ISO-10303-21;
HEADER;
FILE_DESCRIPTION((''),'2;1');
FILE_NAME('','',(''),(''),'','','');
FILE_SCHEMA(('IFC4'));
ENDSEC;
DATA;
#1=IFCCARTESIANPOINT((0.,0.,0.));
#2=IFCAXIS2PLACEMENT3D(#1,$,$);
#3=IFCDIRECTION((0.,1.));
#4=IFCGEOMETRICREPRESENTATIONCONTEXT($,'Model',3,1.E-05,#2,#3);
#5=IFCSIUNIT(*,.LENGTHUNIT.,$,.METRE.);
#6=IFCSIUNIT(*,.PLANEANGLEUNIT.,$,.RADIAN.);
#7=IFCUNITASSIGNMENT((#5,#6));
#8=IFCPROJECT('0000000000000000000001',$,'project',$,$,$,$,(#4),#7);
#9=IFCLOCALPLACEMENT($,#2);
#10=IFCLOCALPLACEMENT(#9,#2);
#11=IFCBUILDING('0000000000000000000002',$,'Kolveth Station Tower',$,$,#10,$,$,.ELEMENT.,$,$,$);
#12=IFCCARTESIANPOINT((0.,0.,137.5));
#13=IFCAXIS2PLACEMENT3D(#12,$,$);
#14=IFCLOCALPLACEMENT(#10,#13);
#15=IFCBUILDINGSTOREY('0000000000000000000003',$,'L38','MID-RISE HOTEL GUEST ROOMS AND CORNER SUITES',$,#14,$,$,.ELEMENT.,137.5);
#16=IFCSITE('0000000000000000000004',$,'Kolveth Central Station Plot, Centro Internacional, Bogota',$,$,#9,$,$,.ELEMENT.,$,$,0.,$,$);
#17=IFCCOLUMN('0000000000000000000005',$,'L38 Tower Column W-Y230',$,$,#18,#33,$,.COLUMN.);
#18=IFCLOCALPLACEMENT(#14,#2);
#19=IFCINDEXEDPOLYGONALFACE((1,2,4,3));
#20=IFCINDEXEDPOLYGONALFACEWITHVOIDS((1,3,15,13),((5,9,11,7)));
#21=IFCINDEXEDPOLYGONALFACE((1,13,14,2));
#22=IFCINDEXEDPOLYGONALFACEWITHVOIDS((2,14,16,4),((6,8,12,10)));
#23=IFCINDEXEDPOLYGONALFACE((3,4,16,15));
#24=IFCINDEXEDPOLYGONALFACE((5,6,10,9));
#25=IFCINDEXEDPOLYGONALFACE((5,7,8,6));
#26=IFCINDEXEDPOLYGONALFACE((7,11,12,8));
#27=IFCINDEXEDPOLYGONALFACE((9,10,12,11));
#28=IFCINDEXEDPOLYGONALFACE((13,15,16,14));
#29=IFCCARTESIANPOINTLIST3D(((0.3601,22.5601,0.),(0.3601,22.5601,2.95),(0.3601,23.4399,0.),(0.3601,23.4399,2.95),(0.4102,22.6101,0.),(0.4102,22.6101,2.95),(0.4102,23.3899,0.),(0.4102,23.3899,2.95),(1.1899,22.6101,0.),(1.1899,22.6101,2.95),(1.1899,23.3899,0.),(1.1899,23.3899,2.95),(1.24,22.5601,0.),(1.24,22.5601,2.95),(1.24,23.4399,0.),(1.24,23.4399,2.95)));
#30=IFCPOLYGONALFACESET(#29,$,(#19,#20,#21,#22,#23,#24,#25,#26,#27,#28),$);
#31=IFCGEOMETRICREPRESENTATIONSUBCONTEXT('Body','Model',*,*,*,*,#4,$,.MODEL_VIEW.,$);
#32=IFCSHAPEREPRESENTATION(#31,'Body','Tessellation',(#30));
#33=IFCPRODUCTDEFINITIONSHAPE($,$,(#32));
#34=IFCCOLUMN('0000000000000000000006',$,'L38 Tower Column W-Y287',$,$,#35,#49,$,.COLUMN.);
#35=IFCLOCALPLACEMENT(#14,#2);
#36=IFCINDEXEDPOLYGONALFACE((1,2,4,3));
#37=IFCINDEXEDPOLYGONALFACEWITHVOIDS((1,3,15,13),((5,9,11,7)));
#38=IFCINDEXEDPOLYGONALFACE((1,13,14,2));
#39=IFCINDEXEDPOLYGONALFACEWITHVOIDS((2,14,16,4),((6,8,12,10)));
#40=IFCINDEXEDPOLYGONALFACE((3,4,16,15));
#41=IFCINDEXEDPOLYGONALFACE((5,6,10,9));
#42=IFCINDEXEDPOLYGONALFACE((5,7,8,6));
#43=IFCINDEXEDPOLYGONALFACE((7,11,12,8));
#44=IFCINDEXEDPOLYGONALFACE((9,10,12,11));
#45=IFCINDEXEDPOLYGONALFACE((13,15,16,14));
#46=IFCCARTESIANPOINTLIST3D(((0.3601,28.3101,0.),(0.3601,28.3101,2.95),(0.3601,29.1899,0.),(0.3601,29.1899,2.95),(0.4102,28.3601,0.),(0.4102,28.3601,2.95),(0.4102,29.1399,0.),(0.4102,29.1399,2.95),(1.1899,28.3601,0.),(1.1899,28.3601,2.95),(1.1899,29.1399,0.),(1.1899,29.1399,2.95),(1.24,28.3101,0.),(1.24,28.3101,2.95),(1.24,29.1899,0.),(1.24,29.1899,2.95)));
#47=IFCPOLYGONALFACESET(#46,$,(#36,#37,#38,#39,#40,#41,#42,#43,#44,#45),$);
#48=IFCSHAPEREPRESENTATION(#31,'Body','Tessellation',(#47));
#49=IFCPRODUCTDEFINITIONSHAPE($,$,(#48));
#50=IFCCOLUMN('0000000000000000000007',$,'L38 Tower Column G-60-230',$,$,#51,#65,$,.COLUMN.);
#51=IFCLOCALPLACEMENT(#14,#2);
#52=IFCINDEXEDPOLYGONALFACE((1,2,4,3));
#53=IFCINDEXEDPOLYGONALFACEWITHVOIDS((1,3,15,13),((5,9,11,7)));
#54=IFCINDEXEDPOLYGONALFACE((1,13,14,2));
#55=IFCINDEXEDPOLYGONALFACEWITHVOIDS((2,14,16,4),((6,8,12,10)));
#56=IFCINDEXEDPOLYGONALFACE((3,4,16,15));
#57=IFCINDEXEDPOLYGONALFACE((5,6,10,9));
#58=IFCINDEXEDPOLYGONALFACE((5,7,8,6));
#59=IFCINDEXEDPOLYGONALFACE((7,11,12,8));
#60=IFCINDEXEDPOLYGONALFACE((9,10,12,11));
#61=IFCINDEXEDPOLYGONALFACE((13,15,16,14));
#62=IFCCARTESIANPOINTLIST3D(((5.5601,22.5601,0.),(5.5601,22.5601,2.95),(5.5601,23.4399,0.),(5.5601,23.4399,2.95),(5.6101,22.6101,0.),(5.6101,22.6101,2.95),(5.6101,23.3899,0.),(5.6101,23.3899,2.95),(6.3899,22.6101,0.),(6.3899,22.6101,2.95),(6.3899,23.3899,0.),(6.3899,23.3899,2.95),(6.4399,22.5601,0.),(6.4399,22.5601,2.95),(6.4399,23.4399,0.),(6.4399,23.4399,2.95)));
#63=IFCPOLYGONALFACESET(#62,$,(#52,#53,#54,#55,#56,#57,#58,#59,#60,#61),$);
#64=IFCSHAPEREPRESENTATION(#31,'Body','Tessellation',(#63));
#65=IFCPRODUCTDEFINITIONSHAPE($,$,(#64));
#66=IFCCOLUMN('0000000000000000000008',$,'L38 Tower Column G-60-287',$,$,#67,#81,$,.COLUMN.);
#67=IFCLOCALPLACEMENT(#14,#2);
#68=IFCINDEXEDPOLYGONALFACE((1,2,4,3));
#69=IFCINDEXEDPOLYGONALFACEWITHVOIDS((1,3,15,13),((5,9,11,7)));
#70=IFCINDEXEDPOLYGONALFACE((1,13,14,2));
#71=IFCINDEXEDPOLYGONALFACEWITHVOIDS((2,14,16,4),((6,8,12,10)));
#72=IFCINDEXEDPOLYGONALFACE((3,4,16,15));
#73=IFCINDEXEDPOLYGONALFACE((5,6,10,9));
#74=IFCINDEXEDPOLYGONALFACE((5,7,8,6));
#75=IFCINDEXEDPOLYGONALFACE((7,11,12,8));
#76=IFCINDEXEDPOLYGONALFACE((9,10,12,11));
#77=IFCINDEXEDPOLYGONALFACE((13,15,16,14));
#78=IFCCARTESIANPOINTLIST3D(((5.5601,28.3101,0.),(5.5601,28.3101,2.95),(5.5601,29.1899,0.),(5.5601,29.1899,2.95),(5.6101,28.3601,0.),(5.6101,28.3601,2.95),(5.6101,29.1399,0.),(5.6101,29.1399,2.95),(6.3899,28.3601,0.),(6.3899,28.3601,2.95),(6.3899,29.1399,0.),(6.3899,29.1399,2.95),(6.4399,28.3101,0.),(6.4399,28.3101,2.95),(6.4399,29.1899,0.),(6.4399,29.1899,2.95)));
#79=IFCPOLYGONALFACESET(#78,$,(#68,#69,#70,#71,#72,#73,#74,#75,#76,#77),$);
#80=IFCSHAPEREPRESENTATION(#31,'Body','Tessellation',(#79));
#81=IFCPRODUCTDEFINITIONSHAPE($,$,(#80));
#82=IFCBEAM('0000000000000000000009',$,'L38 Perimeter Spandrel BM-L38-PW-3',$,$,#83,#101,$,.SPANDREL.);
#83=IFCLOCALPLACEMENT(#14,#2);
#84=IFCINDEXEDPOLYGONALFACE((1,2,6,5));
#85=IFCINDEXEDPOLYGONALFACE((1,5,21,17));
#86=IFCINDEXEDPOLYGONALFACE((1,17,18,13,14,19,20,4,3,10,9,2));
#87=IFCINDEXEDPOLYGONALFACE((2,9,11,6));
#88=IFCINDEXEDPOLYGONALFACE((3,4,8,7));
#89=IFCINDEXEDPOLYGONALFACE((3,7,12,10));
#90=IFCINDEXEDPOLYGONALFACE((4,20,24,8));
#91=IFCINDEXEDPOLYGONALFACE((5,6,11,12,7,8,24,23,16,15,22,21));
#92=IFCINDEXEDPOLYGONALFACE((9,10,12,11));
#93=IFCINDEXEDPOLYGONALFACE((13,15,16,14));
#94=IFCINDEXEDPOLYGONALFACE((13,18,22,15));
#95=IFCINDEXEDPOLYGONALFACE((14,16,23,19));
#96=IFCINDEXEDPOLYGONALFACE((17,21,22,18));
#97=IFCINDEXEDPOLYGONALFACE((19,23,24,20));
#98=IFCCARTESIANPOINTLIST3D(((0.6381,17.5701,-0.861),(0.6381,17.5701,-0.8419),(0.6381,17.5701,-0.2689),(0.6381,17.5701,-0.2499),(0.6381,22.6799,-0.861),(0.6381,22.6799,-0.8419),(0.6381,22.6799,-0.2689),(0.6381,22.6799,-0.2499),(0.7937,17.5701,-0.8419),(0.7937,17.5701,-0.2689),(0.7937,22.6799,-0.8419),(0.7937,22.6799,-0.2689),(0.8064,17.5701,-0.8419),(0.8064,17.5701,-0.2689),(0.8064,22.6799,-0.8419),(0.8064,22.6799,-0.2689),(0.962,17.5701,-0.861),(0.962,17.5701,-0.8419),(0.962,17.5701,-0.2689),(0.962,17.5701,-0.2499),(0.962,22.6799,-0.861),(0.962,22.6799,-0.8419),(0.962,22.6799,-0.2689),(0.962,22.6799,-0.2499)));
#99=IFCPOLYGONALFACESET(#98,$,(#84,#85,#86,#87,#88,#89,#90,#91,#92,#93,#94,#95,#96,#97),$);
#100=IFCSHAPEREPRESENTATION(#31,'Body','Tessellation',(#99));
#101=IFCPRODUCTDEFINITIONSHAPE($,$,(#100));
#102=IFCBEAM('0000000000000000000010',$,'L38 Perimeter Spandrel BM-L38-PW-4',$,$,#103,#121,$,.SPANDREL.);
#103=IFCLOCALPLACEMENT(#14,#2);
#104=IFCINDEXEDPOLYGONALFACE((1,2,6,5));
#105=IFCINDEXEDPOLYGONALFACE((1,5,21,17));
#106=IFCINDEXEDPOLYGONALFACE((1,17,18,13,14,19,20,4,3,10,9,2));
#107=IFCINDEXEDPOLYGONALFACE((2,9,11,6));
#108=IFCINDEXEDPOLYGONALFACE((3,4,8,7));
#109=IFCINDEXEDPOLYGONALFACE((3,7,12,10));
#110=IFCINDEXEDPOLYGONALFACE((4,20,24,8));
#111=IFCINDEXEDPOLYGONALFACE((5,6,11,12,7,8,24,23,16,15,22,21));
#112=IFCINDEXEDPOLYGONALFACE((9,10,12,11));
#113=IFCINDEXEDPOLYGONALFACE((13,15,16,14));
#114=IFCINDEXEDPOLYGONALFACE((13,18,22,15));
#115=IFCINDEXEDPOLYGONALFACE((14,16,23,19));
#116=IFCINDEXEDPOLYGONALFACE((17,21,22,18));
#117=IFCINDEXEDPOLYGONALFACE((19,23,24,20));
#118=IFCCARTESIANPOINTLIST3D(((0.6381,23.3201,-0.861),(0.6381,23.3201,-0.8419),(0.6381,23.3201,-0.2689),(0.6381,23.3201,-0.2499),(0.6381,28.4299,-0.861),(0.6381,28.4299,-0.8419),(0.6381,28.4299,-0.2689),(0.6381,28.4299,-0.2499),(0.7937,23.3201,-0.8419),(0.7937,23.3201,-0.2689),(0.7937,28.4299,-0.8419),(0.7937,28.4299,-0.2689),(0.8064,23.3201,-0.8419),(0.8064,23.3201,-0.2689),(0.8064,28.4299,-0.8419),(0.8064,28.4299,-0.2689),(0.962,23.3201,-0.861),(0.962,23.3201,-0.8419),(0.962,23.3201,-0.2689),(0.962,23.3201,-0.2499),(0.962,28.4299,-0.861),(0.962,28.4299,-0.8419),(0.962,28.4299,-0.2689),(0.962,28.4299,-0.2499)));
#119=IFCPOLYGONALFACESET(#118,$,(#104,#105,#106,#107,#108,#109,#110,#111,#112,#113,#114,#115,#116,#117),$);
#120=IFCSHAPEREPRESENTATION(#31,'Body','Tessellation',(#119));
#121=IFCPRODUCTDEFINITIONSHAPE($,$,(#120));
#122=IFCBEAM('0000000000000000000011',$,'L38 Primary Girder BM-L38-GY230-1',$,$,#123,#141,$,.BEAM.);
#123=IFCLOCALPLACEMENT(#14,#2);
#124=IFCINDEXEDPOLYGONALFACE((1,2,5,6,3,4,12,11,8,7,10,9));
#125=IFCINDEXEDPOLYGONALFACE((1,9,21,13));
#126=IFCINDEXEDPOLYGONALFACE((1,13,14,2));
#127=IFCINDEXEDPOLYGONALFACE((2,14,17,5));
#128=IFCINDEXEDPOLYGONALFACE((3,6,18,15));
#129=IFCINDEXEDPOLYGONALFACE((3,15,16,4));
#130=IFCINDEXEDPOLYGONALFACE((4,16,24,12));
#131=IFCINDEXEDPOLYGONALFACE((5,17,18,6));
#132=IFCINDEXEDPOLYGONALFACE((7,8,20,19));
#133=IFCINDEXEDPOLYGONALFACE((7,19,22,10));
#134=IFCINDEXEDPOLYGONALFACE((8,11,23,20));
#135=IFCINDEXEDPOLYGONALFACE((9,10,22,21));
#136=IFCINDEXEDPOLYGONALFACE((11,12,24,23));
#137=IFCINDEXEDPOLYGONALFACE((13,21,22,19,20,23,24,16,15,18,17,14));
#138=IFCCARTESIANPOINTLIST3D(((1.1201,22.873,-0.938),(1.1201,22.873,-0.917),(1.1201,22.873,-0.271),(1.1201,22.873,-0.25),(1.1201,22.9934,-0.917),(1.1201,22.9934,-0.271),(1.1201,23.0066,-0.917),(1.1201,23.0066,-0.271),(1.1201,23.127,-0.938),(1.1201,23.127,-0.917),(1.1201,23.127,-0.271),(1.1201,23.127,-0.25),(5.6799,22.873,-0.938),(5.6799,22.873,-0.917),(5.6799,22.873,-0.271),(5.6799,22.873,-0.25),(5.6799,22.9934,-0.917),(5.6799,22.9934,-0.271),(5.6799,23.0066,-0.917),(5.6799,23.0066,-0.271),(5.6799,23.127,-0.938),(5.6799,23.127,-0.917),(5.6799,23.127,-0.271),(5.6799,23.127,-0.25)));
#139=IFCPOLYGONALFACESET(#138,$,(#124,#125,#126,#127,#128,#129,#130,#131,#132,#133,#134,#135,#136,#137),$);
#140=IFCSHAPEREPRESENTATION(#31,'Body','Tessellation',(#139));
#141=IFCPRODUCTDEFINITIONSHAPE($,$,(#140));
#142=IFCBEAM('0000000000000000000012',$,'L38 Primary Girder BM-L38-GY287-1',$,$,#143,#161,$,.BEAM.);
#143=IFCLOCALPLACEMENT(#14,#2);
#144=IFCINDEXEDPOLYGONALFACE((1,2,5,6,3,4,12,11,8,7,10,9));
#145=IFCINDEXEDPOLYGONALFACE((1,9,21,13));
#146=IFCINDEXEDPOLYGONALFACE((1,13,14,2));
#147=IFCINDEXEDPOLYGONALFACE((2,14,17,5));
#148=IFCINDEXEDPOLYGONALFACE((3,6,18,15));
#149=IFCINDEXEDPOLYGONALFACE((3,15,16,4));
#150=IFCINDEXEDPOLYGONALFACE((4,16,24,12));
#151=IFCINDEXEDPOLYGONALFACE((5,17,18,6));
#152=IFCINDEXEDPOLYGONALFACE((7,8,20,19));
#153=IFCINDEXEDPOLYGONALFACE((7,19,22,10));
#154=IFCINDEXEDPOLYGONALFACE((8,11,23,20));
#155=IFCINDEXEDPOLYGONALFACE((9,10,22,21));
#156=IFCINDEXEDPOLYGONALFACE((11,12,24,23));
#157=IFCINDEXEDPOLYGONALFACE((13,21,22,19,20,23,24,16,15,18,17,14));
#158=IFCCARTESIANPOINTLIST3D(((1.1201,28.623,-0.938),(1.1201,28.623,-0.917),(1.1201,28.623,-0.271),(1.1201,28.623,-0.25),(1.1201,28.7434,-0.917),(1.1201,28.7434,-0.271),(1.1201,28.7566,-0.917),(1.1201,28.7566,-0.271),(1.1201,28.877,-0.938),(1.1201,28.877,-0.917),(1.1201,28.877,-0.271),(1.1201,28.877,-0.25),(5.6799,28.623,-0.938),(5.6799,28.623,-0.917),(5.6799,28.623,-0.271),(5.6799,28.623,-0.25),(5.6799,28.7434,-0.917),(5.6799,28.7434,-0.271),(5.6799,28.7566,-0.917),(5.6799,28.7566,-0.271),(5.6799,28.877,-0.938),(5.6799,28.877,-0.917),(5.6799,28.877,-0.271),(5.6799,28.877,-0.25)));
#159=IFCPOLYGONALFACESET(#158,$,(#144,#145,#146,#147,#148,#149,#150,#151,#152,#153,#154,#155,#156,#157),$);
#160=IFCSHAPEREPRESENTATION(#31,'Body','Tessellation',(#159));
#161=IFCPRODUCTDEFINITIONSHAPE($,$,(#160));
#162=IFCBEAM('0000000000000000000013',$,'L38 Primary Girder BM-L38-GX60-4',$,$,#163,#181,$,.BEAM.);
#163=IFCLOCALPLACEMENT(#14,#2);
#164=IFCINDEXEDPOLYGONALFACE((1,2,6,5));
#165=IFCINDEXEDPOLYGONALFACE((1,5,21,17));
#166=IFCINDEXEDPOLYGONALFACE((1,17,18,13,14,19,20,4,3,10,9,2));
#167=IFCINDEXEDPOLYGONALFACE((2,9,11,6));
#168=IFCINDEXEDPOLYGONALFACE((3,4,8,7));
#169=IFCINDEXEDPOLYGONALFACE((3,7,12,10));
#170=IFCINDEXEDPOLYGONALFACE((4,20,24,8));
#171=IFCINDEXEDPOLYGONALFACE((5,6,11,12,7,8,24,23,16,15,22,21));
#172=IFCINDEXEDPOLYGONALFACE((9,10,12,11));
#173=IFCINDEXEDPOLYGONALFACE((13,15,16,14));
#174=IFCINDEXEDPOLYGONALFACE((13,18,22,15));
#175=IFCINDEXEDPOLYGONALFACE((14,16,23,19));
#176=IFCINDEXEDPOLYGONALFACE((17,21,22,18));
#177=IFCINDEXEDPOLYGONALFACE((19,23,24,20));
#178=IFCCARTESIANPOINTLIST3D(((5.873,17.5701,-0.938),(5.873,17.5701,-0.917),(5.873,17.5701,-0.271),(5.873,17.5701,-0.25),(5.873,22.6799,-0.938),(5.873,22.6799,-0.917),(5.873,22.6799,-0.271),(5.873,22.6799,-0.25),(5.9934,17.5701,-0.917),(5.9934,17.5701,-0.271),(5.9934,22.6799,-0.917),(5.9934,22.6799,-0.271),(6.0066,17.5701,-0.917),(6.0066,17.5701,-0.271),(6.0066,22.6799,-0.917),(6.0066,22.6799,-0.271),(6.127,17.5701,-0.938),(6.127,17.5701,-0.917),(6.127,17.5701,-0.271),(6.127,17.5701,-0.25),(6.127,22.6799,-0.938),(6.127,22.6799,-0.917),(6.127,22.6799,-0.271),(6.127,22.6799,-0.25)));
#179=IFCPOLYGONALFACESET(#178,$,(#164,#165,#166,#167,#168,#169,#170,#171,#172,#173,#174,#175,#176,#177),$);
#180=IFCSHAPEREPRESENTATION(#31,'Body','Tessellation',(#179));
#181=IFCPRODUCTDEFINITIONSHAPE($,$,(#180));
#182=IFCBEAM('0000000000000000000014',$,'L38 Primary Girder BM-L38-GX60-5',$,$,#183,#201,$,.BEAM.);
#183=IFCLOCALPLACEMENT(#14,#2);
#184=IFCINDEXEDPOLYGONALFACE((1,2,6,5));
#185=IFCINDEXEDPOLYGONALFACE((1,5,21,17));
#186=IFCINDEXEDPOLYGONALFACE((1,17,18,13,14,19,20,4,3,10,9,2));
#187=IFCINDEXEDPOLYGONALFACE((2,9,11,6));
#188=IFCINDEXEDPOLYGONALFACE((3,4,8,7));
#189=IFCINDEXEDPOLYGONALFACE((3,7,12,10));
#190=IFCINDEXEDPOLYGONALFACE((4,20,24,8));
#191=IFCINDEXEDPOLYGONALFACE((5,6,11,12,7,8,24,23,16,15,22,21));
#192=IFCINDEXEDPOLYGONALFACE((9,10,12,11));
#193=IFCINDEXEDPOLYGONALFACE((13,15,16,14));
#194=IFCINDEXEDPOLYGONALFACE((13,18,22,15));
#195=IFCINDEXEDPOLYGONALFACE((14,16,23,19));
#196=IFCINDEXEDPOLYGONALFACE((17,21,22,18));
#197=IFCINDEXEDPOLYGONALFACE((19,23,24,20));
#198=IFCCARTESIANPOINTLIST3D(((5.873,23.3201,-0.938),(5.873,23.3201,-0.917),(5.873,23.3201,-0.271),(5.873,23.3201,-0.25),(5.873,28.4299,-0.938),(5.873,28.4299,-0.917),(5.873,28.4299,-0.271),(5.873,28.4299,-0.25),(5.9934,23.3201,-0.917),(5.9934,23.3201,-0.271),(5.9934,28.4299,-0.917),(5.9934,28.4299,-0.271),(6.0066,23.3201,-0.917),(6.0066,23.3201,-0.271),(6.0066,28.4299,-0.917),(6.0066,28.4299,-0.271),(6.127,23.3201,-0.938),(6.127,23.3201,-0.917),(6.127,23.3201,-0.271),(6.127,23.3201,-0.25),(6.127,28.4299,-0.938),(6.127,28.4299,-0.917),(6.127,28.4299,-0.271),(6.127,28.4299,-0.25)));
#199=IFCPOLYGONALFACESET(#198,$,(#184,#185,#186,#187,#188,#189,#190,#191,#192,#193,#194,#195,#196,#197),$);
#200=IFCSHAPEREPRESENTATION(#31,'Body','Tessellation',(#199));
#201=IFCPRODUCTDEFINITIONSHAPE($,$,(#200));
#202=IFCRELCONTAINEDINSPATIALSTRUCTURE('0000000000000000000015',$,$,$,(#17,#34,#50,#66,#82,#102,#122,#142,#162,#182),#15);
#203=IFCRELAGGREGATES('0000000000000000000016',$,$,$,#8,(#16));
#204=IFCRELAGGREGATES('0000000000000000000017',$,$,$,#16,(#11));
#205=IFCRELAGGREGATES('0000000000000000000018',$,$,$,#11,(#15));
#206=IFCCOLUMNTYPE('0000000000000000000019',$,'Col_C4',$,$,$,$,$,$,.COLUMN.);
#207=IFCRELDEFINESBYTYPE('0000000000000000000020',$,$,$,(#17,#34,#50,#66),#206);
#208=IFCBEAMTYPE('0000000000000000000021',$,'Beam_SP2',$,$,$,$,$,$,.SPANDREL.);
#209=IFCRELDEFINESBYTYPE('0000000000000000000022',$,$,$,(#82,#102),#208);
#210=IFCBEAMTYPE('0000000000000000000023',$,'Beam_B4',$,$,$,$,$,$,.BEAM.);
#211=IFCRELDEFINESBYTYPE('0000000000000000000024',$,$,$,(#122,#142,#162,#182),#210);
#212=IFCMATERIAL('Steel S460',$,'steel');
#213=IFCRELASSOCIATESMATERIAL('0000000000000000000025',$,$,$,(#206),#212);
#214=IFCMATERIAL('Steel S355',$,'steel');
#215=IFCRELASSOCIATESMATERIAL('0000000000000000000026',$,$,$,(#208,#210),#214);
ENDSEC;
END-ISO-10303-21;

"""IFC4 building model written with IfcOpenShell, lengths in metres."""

from ifc_helpers import new_model, si_unit, direction, frame, origin, origin_2d, place, context, subcontext, project, spatial, hollow_rectangle, i_section, extrude, source, transform, mapped, material, material_profile, profile_set, type_object, element, save


model = new_model("IFC4")

# Units and contexts
model_context = context("Model", 3, precision=1e-05, world=origin(), true_north=direction((0.0, 1.0)))
body_context = subcontext(model_context, "Body", "Model", "MODEL_VIEW")
ifc_project = project(units=[si_unit("LENGTHUNIT", "METRE"), si_unit("PLANEANGLEUNIT", "RADIAN")], contexts=[model_context])

# Site, building, storey
site_placement = place(None, origin())
site = spatial("IfcSite", under=ifc_project, at=site_placement, Name="Kolveth Central Station Plot, Centro Internacional, Bogota", CompositionType="ELEMENT", RefElevation=0.0)
building_placement = place(site_placement, origin())
building = spatial("IfcBuilding", under=site, at=building_placement, Name="Kolveth Station Tower", CompositionType="ELEMENT")
storey_placement = place(building_placement, frame((0.0, 0.0, 137.5)))
storey = spatial("IfcBuildingStorey", under=building, at=storey_placement, Name="L38", Description="MID-RISE HOTEL GUEST ROOMS AND CORNER SUITES", CompositionType="ELEMENT", Elevation=137.5)

# Columns
ifc_material_1 = material(Name="Steel S460", Category="steel")
ifc_material_profile_1 = material_profile(ifc_material_1, hollow_rectangle(XDim=0.8799, YDim=0.8799, WallThickness=0.05, at=origin_2d()), Name="BOX880x880x50")
ifc_profile_set_1 = profile_set([ifc_material_profile_1], Name="Steel S460")
column_type = type_object("IfcColumnType", Name="Col_C4", PredefinedType="COLUMN", material=ifc_profile_set_1)
shared_shape_1 = source(origin(), body_context, "Body", "SweptSolid", [
    extrude(hollow_rectangle(XDim=0.8799, YDim=0.8799, WallThickness=0.05, at=origin_2d()), origin(), (0.0, 0.0, 1.0), 2.95),
])
for number, where, z_axis, x_axis, name in (
    (1, (0.8, 23.0, 0.0), (0.0, 0.0, 1.0), (1.0, 0.0, 0.0), "L38 Tower Column W-Y230"),
    (2, (0.8, 28.75, 0.0), (0.0, 0.0, 1.0), (1.0, 0.0, 0.0), "L38 Tower Column W-Y287"),
    (3, (6.0, 23.0, 0.0), (0.0, 0.0, 1.0), (1.0, 0.0, 0.0), "L38 Tower Column G-60-230"),
    (4, (6.0, 28.75, 0.0), (0.0, 0.0, 1.0), (1.0, 0.0, 0.0), "L38 Tower Column G-60-287"),
):
    element("IfcColumn", number, at=place(storey_placement, frame(where, z_axis=z_axis, x_axis=x_axis)), inside=storey, type_object=column_type, Name=name, PredefinedType="COLUMN", context=body_context, shape_type="MappedRepresentation", body=[
        mapped(shared_shape_1, transform((0.0, 0.0, 0.0), x_axis=(1.0, 0.0, 0.0), y_axis=(0.0, 1.0, 0.0), z_axis=(0.0, 0.0, 1.0), scale=1.0)),
    ])

# Beams
ifc_material_2 = material(Name="Steel S355", Category="steel")
ifc_material_profile_2 = material_profile(ifc_material_2, i_section(OverallWidth=0.324, OverallDepth=0.6111, WebThickness=0.0127, FlangeThickness=0.019, at=origin_2d()), Name="W610x155")
ifc_profile_set_2 = profile_set([ifc_material_profile_2], Name="Steel S355")
beam_type_1 = type_object("IfcBeamType", Name="Beam_SP2", PredefinedType="SPANDREL", material=ifc_profile_set_2)
shared_shape_2 = source(origin(), body_context, "Body", "SweptSolid", [
    extrude(i_section(OverallWidth=0.324, OverallDepth=0.6111, WebThickness=0.0127, FlangeThickness=0.019, at=origin_2d()), origin(), (0.0, 0.0, 1.0), 5.1099),
])
for number, where, z_axis, x_axis, name in (
    (5, (0.8, 17.5701, -0.5554), (0.0, 1.0, 0.0), (-1.0, 0.0, 0.0), "L38 Perimeter Spandrel BM-L38-PW-3"),
    (6, (0.8, 23.3201, -0.5554), (0.0, 1.0, 0.0), (-1.0, 0.0, 0.0), "L38 Perimeter Spandrel BM-L38-PW-4"),
):
    element("IfcBeam", number, at=place(storey_placement, frame(where, z_axis=z_axis, x_axis=x_axis)), inside=storey, type_object=beam_type_1, Name=name, PredefinedType="SPANDREL", context=body_context, shape_type="MappedRepresentation", body=[
        mapped(shared_shape_2, transform((0.0, 0.0, 0.0), x_axis=(1.0, 0.0, 0.0), y_axis=(0.0, 1.0, 0.0), z_axis=(0.0, 0.0, 1.0), scale=1.0)),
    ])
ifc_material_profile_3 = material_profile(ifc_material_2, i_section(OverallWidth=0.2539, OverallDepth=0.688, WebThickness=0.0132, FlangeThickness=0.021, at=origin_2d()), Name="W690x152")
ifc_profile_set_3 = profile_set([ifc_material_profile_3], Name="Steel S355")
beam_type_2 = type_object("IfcBeamType", Name="Beam_B4", PredefinedType="BEAM", material=ifc_profile_set_3)
shared_shape_3 = source(origin(), body_context, "Body", "SweptSolid", [
    extrude(i_section(OverallWidth=0.2539, OverallDepth=0.688, WebThickness=0.0132, FlangeThickness=0.021, at=origin_2d()), origin(), (0.0, 0.0, 1.0), 4.5598),
])
for number, where, z_axis, x_axis, name in (
    (7, (1.1201, 23.0, -0.594), (1.0, 0.0, 0.0), (0.0, 1.0, 0.0), "L38 Primary Girder BM-L38-GY230-1"),
    (8, (1.1201, 28.75, -0.594), (1.0, 0.0, 0.0), (0.0, 1.0, 0.0), "L38 Primary Girder BM-L38-GY287-1"),
):
    element("IfcBeam", number, at=place(storey_placement, frame(where, z_axis=z_axis, x_axis=x_axis)), inside=storey, type_object=beam_type_2, Name=name, PredefinedType="BEAM", context=body_context, shape_type="MappedRepresentation", body=[
        mapped(shared_shape_3, transform((0.0, 0.0, 0.0), x_axis=(1.0, 0.0, 0.0), y_axis=(0.0, 1.0, 0.0), z_axis=(0.0, 0.0, 1.0), scale=1.0)),
    ])
shared_shape_4 = source(origin(), body_context, "Body", "SweptSolid", [
    extrude(i_section(OverallWidth=0.2539, OverallDepth=0.688, WebThickness=0.0132, FlangeThickness=0.021, at=origin_2d()), origin(), (0.0, 0.0, 1.0), 5.1099),
])
for number, where, z_axis, x_axis, name in (
    (9, (6.0, 17.5701, -0.594), (0.0, 1.0, 0.0), (-1.0, 0.0, 0.0), "L38 Primary Girder BM-L38-GX60-4"),
    (10, (6.0, 23.3201, -0.594), (0.0, 1.0, 0.0), (-1.0, 0.0, 0.0), "L38 Primary Girder BM-L38-GX60-5"),
):
    element("IfcBeam", number, at=place(storey_placement, frame(where, z_axis=z_axis, x_axis=x_axis)), inside=storey, type_object=beam_type_2, Name=name, PredefinedType="BEAM", context=body_context, shape_type="MappedRepresentation", body=[
        mapped(shared_shape_4, transform((0.0, 0.0, 0.0), x_axis=(1.0, 0.0, 0.0), y_axis=(0.0, 1.0, 0.0), z_axis=(0.0, 0.0, 1.0), scale=1.0)),
    ])

save(model, "model.ifc")
